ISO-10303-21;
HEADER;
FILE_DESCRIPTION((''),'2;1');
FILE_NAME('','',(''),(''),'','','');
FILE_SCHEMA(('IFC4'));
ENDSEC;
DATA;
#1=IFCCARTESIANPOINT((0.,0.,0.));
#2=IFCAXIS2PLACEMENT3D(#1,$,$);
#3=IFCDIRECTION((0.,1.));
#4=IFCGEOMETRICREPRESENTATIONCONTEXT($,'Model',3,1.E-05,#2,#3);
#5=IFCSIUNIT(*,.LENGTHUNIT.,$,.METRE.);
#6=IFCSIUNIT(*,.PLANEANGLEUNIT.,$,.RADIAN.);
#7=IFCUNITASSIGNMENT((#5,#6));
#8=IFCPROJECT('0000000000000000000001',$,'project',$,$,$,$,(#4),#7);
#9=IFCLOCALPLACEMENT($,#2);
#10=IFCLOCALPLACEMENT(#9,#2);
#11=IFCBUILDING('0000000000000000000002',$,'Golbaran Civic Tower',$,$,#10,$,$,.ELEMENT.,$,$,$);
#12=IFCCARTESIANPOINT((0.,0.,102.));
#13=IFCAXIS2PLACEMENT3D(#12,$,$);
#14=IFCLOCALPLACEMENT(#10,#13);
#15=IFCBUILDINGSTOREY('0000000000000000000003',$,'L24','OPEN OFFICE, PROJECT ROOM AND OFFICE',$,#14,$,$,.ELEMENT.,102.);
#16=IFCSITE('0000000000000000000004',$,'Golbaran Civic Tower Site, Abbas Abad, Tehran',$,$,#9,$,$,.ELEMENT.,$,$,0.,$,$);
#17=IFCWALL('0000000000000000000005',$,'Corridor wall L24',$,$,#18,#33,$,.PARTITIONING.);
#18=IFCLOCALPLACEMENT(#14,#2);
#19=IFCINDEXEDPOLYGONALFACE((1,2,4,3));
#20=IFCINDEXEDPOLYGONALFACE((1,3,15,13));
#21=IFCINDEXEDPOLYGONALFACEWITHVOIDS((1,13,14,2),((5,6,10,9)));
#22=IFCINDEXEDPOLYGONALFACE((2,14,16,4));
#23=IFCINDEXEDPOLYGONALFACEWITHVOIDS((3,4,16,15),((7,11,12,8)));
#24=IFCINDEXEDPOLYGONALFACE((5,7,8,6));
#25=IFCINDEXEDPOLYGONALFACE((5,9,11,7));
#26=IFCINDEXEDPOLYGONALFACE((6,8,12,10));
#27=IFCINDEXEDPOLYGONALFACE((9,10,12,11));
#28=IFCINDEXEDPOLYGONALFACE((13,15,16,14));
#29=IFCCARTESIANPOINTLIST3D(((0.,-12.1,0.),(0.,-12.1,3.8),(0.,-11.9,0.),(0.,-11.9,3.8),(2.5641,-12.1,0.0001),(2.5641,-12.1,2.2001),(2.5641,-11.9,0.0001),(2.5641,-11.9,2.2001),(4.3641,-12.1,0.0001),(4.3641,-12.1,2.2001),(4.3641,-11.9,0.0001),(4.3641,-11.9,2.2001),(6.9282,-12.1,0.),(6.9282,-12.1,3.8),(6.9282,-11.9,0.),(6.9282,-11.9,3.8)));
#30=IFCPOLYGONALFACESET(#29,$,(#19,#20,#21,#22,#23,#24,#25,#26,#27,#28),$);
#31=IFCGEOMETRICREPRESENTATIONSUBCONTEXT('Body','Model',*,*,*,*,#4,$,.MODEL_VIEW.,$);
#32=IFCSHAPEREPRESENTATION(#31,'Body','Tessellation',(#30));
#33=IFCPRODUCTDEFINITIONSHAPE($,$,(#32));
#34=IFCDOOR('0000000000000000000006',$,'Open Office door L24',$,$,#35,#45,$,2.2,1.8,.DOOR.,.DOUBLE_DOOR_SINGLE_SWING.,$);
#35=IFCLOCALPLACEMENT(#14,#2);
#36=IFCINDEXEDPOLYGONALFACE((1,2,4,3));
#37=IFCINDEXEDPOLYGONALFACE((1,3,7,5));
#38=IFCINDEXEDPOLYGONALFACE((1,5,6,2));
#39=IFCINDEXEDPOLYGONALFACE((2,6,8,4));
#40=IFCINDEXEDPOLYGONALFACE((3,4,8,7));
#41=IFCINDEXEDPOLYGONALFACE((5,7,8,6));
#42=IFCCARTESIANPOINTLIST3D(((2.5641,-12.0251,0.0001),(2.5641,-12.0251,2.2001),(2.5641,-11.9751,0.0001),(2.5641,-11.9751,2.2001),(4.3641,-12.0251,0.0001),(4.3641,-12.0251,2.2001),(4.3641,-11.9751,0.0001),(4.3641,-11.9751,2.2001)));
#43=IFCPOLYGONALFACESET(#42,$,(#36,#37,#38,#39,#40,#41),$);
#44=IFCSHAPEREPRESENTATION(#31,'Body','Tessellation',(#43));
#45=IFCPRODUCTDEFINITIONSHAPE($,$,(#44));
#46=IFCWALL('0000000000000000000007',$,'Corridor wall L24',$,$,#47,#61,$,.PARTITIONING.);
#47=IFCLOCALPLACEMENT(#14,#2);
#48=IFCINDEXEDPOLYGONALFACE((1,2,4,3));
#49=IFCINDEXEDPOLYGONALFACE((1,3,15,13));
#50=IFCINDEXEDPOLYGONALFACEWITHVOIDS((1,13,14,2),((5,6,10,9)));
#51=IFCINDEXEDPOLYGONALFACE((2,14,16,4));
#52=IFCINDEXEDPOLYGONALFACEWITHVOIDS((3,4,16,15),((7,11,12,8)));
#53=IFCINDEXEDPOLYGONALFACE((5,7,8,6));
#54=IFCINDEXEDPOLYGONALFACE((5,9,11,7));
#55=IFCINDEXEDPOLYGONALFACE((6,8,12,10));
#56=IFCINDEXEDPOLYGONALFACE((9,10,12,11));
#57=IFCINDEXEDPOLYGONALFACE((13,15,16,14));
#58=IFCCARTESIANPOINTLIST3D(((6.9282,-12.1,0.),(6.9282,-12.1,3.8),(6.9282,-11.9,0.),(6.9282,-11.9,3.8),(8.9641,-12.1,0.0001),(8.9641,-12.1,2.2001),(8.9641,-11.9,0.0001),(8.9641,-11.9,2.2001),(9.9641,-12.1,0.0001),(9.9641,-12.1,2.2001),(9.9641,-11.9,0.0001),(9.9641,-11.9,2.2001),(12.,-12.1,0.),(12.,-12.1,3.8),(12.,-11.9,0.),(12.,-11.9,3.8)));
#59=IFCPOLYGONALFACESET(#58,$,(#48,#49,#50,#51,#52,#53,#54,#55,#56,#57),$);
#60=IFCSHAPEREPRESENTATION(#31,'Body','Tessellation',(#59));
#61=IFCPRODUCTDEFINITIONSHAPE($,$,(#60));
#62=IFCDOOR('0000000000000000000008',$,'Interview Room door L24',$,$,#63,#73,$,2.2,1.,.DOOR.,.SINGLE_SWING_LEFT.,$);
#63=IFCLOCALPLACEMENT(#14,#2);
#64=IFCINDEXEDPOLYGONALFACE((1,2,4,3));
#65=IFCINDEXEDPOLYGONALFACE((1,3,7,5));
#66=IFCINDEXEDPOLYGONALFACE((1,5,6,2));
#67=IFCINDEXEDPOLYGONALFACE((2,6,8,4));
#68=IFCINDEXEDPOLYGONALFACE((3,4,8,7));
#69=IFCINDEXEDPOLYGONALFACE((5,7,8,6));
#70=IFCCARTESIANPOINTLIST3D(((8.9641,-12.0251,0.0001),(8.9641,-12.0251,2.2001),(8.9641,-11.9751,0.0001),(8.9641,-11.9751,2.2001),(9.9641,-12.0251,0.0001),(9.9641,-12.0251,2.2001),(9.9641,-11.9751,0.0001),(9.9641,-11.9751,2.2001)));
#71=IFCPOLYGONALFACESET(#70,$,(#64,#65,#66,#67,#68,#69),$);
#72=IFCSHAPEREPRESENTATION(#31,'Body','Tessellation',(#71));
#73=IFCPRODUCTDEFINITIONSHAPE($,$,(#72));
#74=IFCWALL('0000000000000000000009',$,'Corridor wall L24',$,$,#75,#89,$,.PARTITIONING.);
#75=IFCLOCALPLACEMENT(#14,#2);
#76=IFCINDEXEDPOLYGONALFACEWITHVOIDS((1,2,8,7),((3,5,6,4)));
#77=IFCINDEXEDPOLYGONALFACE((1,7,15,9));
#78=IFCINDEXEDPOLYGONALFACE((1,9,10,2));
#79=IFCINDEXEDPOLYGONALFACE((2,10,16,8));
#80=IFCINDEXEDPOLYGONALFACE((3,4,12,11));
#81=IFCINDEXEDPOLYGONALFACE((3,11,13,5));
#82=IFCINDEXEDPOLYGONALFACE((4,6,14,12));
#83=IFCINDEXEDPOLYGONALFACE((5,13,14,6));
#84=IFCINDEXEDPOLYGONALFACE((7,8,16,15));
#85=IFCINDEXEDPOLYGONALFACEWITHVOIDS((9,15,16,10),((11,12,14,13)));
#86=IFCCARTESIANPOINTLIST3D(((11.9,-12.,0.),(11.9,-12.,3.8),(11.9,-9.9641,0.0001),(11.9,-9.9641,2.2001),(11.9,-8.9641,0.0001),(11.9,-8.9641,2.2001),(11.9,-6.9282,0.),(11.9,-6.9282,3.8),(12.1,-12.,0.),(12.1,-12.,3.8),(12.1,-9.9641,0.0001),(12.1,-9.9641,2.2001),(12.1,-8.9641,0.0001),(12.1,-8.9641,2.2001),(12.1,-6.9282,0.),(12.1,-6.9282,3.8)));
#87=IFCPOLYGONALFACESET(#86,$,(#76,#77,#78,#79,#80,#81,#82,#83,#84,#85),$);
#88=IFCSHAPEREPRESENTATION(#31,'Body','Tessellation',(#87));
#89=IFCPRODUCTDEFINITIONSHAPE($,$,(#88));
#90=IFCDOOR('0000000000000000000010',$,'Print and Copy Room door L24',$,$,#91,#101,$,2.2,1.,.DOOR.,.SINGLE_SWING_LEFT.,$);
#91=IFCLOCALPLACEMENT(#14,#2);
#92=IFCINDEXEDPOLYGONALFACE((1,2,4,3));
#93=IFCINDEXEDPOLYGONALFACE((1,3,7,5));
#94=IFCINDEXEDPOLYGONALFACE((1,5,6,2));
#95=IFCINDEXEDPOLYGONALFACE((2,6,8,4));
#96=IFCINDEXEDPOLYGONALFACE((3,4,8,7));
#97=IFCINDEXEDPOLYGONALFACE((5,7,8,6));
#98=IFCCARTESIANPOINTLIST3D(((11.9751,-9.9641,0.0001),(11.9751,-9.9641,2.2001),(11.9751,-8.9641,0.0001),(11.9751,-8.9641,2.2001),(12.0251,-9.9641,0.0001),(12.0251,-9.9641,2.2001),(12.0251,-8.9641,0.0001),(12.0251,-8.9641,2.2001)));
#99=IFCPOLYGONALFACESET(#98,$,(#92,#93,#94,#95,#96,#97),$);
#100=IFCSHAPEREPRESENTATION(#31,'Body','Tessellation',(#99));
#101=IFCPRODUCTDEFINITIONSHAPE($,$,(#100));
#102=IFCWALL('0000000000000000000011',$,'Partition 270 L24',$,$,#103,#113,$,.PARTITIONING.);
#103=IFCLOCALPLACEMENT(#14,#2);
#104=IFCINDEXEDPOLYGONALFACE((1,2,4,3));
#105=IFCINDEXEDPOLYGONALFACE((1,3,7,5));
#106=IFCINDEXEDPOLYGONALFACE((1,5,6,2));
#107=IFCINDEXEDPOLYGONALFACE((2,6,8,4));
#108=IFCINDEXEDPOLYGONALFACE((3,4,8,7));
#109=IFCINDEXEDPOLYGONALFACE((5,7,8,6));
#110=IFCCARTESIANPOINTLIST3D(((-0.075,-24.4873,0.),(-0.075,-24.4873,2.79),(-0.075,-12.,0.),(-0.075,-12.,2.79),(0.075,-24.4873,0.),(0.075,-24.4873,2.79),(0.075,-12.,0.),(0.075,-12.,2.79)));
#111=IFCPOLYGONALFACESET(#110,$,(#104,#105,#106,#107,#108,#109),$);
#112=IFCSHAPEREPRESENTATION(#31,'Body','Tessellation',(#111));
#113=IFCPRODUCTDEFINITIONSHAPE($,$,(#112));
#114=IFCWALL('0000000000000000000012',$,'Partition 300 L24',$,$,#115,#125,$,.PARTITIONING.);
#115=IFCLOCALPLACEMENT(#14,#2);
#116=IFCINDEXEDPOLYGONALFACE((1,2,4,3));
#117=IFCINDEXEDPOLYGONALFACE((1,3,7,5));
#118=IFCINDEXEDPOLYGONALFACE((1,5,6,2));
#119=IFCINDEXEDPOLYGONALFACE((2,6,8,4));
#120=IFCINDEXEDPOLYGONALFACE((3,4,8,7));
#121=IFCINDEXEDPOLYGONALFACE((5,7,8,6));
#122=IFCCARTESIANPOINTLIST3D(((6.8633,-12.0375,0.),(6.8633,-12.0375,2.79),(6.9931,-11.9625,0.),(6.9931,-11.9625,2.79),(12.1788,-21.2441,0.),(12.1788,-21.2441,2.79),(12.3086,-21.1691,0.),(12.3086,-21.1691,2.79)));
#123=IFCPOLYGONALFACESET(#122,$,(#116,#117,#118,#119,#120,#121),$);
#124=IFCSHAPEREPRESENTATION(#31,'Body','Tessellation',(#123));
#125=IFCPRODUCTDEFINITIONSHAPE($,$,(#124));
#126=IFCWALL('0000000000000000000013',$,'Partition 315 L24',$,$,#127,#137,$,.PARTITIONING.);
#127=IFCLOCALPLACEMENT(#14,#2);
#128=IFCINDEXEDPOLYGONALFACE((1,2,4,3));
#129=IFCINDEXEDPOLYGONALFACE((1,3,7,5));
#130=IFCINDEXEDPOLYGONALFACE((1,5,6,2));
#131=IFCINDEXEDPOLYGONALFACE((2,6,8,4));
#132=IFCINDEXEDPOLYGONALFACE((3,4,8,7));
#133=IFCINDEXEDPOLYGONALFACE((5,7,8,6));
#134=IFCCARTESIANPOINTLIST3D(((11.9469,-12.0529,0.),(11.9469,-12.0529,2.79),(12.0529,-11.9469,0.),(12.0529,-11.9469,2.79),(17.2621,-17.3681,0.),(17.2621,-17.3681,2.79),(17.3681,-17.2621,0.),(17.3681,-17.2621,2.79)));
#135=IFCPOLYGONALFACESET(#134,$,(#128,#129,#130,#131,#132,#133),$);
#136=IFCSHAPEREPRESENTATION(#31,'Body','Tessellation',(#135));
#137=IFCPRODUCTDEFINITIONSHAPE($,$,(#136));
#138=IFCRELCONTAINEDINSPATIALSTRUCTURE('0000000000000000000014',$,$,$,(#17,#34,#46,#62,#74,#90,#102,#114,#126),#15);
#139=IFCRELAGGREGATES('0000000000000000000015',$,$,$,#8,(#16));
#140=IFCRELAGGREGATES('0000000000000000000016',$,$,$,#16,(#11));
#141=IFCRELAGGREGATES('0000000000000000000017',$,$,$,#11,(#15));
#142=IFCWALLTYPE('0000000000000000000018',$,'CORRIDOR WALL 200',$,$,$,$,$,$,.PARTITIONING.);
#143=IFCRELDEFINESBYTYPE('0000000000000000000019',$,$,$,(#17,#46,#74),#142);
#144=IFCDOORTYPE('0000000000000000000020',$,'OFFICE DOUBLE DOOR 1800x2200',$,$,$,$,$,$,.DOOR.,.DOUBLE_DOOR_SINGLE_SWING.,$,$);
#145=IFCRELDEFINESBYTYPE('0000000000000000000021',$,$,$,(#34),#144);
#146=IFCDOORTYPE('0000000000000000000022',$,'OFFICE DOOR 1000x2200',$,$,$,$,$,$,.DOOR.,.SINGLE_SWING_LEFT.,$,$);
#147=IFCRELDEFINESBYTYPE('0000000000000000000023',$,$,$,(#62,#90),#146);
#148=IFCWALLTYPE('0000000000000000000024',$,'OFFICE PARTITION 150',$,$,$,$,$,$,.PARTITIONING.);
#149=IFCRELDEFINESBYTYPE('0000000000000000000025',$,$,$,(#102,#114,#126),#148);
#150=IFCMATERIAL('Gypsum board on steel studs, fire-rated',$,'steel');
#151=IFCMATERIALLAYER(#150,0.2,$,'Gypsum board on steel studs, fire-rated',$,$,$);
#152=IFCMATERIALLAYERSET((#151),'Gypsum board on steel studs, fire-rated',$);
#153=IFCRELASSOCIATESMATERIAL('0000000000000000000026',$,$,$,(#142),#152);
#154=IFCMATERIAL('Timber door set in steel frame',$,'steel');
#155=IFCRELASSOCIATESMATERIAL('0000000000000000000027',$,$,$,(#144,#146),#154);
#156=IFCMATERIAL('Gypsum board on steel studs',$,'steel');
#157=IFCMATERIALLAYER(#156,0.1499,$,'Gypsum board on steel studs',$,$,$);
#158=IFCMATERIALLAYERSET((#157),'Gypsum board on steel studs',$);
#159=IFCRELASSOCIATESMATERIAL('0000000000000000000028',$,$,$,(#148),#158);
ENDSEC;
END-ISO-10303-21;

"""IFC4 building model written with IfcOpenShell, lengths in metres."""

from ifc_helpers import new_model, si_unit, direction, frame, frame_2d, origin, place, context, subcontext, project, spatial, rectangle, extrude, material, layer, layer_set, type_object, element, fill, save


model = new_model("IFC4")

# Units and contexts
model_context = context("Model", 3, precision=1e-05, world=origin(), true_north=direction((0.0, 1.0)))
body_context = subcontext(model_context, "Body", "Model", "MODEL_VIEW")
ifc_project = project(units=[si_unit("LENGTHUNIT", "METRE"), si_unit("PLANEANGLEUNIT", "RADIAN")], contexts=[model_context])

# Site, building, storey
site_placement = place(None, origin())
site = spatial("IfcSite", under=ifc_project, at=site_placement, Name="Golbaran Civic Tower Site, Abbas Abad, Tehran", CompositionType="ELEMENT", RefElevation=0.0)
building_placement = place(site_placement, origin())
building = spatial("IfcBuilding", under=site, at=building_placement, Name="Golbaran Civic Tower", CompositionType="ELEMENT")
storey_placement = place(building_placement, frame((0.0, 0.0, 102.0)))
storey = spatial("IfcBuildingStorey", under=building, at=storey_placement, Name="L24", Description="OPEN OFFICE, PROJECT ROOM AND OFFICE", CompositionType="ELEMENT", Elevation=102.0)

# Walls, openings, doors
ifc_material_1 = material(Name="Gypsum board on steel studs, fire-rated", Category="steel")
ifc_layer_1 = layer(ifc_material_1, 0.2, Name="Gypsum board on steel studs, fire-rated")
ifc_layer_set_1 = layer_set([ifc_layer_1], Name="Gypsum board on steel studs, fire-rated")
wall_type_1 = type_object("IfcWallType", Name="CORRIDOR WALL 200", PredefinedType="PARTITIONING", material=ifc_layer_set_1)
wall_1_placement = place(storey_placement, frame((0.0, -12.0, 0.0), z_axis=(0.0, 0.0, 1.0), x_axis=(1.0, 0.0, 0.0)))
wall_1 = element("IfcWall", 1, at=wall_1_placement, inside=storey, type_object=wall_type_1, Name="Corridor wall L24", PredefinedType="PARTITIONING", context=body_context, shape_type="SweptSolid", body=[
    extrude(rectangle(XDim=6.9282, YDim=0.2, at=frame_2d((3.4641, 0.0))), origin(), (0.0, 0.0, 1.0), 3.8),
])
opening_1_placement = place(wall_1_placement, frame((2.5642, 0.0, 0.0)))
opening_1 = element("IfcOpeningElement", 2, at=opening_1_placement, cuts=wall_1, PredefinedType="OPENING", context=body_context, shape_type="SweptSolid", body=[
    extrude(rectangle(XDim=1.8, YDim=2.2, at=frame_2d((0.8999, 1.1001))), frame((0.0, 0.1099, 0.0), z_axis=(0.0, -1.0, 0.0), x_axis=(1.0, 0.0, 0.0)), (0.0, 0.0, 1.0), 0.22),
])
ifc_material_2 = material(Name="Timber door set in steel frame", Category="steel")
door_type_1 = type_object("IfcDoorType", Name="OFFICE DOUBLE DOOR 1800x2200", OperationType="DOUBLE_DOOR_SINGLE_SWING", PredefinedType="DOOR", material=ifc_material_2)
door_1_placement = place(opening_1_placement, origin())
door_1 = element("IfcDoor", 3, at=door_1_placement, inside=storey, type_object=door_type_1, Name="Open Office door L24", OperationType="DOUBLE_DOOR_SINGLE_SWING", OverallHeight=2.2, OverallWidth=1.8, PredefinedType="DOOR", context=body_context, shape_type="SweptSolid", body=[
    extrude(rectangle(XDim=1.8, YDim=2.2, at=frame_2d((0.8999, 1.1001))), frame((0.0, 0.0249, 0.0), z_axis=(0.0, -1.0, 0.0), x_axis=(1.0, 0.0, 0.0)), (0.0, 0.0, 1.0), 0.05),
])
fill(opening_1, door_1)
wall_2_placement = place(storey_placement, frame((6.9282, -12.0, 0.0), z_axis=(0.0, 0.0, 1.0), x_axis=(1.0, 0.0, 0.0)))
wall_2 = element("IfcWall", 4, at=wall_2_placement, inside=storey, type_object=wall_type_1, Name="Corridor wall L24", PredefinedType="PARTITIONING", context=body_context, shape_type="SweptSolid", body=[
    extrude(rectangle(XDim=5.0718, YDim=0.2, at=frame_2d((2.5359, 0.0))), origin(), (0.0, 0.0, 1.0), 3.8),
])
opening_2_placement = place(wall_2_placement, frame((2.0359, 0.0, 0.0)))
opening_2 = element("IfcOpeningElement", 5, at=opening_2_placement, cuts=wall_2, PredefinedType="OPENING", context=body_context, shape_type="SweptSolid", body=[
    extrude(rectangle(XDim=1.0, YDim=2.2, at=frame_2d((0.5, 1.1001))), frame((0.0, 0.1099, 0.0), z_axis=(0.0, -1.0, 0.0), x_axis=(1.0, 0.0, 0.0)), (0.0, 0.0, 1.0), 0.22),
])
door_type_2 = type_object("IfcDoorType", Name="OFFICE DOOR 1000x2200", OperationType="SINGLE_SWING_LEFT", PredefinedType="DOOR", material=ifc_material_2)
door_2_placement = place(opening_2_placement, origin())
door_2 = element("IfcDoor", 6, at=door_2_placement, inside=storey, type_object=door_type_2, Name="Interview Room door L24", OperationType="SINGLE_SWING_LEFT", OverallHeight=2.2, OverallWidth=1.0, PredefinedType="DOOR", context=body_context, shape_type="SweptSolid", body=[
    extrude(rectangle(XDim=1.0, YDim=2.2, at=frame_2d((0.5, 1.1001))), frame((0.0, 0.0249, 0.0), z_axis=(0.0, -1.0, 0.0), x_axis=(1.0, 0.0, 0.0)), (0.0, 0.0, 1.0), 0.05),
])
fill(opening_2, door_2)
wall_3_placement = place(storey_placement, frame((12.0, -12.0, 0.0), z_axis=(0.0, 0.0, 1.0), x_axis=(0.0, 1.0, 0.0)))
wall_3 = element("IfcWall", 7, at=wall_3_placement, inside=storey, type_object=wall_type_1, Name="Corridor wall L24", PredefinedType="PARTITIONING", context=body_context, shape_type="SweptSolid", body=[
    extrude(rectangle(XDim=5.0718, YDim=0.2, at=frame_2d((2.5359, 0.0))), origin(), (0.0, 0.0, 1.0), 3.8),
])
opening_3_placement = place(wall_3_placement, frame((2.0359, 0.0, 0.0)))
opening_3 = element("IfcOpeningElement", 8, at=opening_3_placement, cuts=wall_3, PredefinedType="OPENING", context=body_context, shape_type="SweptSolid", body=[
    extrude(rectangle(XDim=1.0, YDim=2.2, at=frame_2d((0.5, 1.1001))), frame((0.0, 0.1099, 0.0), z_axis=(0.0, -1.0, 0.0), x_axis=(1.0, 0.0, 0.0)), (0.0, 0.0, 1.0), 0.22),
])
door_3_placement = place(opening_3_placement, origin())
door_3 = element("IfcDoor", 9, at=door_3_placement, inside=storey, type_object=door_type_2, Name="Print and Copy Room door L24", OperationType="SINGLE_SWING_LEFT", OverallHeight=2.2, OverallWidth=1.0, PredefinedType="DOOR", context=body_context, shape_type="SweptSolid", body=[
    extrude(rectangle(XDim=1.0, YDim=2.2, at=frame_2d((0.5, 1.1001))), frame((0.0, 0.0249, 0.0), z_axis=(0.0, -1.0, 0.0), x_axis=(1.0, 0.0, 0.0)), (0.0, 0.0, 1.0), 0.05),
])
fill(opening_3, door_3)

# Walls
ifc_material_3 = material(Name="Gypsum board on steel studs", Category="steel")
ifc_layer_2 = layer(ifc_material_3, 0.1499, Name="Gypsum board on steel studs")
ifc_layer_set_2 = layer_set([ifc_layer_2], Name="Gypsum board on steel studs")
wall_type_2 = type_object("IfcWallType", Name="OFFICE PARTITION 150", PredefinedType="PARTITIONING", material=ifc_layer_set_2)
wall_4_placement = place(storey_placement, frame((0.0, -12.0, 0.0), z_axis=(0.0, 0.0, 1.0), x_axis=(0.0, -1.0, 0.0)))
element("IfcWall", 10, at=wall_4_placement, inside=storey, type_object=wall_type_2, Name="Partition 270 L24", PredefinedType="PARTITIONING", context=body_context, shape_type="SweptSolid", body=[
    extrude(rectangle(XDim=12.4873, YDim=0.1499, at=frame_2d((6.2437, 0.0))), origin(), (0.0, 0.0, 1.0), 2.79),
])
wall_5_placement = place(storey_placement, frame((6.9282, -12.0, 0.0), z_axis=(0.0, 0.0, 1.0), x_axis=(0.500002, -0.866024, 0.0)))
element("IfcWall", 11, at=wall_5_placement, inside=storey, type_object=wall_type_2, Name="Partition 300 L24", PredefinedType="PARTITIONING", context=body_context, shape_type="SweptSolid", body=[
    extrude(rectangle(XDim=10.6309, YDim=0.1499, at=frame_2d((5.3154, 0.0))), origin(), (0.0, 0.0, 1.0), 2.79),
])
wall_6_placement = place(storey_placement, frame((12.0, -12.0, 0.0), z_axis=(0.0, 0.0, 1.0), x_axis=(0.707107, -0.707107, 0.0)))
element("IfcWall", 12, at=wall_6_placement, inside=storey, type_object=wall_type_2, Name="Partition 315 L24", PredefinedType="PARTITIONING", context=body_context, shape_type="SweptSolid", body=[
    extrude(rectangle(XDim=7.5168, YDim=0.1499, at=frame_2d((3.7583, 0.0))), origin(), (0.0, 0.0, 1.0), 2.79),
])

save(model, "model.ifc")
